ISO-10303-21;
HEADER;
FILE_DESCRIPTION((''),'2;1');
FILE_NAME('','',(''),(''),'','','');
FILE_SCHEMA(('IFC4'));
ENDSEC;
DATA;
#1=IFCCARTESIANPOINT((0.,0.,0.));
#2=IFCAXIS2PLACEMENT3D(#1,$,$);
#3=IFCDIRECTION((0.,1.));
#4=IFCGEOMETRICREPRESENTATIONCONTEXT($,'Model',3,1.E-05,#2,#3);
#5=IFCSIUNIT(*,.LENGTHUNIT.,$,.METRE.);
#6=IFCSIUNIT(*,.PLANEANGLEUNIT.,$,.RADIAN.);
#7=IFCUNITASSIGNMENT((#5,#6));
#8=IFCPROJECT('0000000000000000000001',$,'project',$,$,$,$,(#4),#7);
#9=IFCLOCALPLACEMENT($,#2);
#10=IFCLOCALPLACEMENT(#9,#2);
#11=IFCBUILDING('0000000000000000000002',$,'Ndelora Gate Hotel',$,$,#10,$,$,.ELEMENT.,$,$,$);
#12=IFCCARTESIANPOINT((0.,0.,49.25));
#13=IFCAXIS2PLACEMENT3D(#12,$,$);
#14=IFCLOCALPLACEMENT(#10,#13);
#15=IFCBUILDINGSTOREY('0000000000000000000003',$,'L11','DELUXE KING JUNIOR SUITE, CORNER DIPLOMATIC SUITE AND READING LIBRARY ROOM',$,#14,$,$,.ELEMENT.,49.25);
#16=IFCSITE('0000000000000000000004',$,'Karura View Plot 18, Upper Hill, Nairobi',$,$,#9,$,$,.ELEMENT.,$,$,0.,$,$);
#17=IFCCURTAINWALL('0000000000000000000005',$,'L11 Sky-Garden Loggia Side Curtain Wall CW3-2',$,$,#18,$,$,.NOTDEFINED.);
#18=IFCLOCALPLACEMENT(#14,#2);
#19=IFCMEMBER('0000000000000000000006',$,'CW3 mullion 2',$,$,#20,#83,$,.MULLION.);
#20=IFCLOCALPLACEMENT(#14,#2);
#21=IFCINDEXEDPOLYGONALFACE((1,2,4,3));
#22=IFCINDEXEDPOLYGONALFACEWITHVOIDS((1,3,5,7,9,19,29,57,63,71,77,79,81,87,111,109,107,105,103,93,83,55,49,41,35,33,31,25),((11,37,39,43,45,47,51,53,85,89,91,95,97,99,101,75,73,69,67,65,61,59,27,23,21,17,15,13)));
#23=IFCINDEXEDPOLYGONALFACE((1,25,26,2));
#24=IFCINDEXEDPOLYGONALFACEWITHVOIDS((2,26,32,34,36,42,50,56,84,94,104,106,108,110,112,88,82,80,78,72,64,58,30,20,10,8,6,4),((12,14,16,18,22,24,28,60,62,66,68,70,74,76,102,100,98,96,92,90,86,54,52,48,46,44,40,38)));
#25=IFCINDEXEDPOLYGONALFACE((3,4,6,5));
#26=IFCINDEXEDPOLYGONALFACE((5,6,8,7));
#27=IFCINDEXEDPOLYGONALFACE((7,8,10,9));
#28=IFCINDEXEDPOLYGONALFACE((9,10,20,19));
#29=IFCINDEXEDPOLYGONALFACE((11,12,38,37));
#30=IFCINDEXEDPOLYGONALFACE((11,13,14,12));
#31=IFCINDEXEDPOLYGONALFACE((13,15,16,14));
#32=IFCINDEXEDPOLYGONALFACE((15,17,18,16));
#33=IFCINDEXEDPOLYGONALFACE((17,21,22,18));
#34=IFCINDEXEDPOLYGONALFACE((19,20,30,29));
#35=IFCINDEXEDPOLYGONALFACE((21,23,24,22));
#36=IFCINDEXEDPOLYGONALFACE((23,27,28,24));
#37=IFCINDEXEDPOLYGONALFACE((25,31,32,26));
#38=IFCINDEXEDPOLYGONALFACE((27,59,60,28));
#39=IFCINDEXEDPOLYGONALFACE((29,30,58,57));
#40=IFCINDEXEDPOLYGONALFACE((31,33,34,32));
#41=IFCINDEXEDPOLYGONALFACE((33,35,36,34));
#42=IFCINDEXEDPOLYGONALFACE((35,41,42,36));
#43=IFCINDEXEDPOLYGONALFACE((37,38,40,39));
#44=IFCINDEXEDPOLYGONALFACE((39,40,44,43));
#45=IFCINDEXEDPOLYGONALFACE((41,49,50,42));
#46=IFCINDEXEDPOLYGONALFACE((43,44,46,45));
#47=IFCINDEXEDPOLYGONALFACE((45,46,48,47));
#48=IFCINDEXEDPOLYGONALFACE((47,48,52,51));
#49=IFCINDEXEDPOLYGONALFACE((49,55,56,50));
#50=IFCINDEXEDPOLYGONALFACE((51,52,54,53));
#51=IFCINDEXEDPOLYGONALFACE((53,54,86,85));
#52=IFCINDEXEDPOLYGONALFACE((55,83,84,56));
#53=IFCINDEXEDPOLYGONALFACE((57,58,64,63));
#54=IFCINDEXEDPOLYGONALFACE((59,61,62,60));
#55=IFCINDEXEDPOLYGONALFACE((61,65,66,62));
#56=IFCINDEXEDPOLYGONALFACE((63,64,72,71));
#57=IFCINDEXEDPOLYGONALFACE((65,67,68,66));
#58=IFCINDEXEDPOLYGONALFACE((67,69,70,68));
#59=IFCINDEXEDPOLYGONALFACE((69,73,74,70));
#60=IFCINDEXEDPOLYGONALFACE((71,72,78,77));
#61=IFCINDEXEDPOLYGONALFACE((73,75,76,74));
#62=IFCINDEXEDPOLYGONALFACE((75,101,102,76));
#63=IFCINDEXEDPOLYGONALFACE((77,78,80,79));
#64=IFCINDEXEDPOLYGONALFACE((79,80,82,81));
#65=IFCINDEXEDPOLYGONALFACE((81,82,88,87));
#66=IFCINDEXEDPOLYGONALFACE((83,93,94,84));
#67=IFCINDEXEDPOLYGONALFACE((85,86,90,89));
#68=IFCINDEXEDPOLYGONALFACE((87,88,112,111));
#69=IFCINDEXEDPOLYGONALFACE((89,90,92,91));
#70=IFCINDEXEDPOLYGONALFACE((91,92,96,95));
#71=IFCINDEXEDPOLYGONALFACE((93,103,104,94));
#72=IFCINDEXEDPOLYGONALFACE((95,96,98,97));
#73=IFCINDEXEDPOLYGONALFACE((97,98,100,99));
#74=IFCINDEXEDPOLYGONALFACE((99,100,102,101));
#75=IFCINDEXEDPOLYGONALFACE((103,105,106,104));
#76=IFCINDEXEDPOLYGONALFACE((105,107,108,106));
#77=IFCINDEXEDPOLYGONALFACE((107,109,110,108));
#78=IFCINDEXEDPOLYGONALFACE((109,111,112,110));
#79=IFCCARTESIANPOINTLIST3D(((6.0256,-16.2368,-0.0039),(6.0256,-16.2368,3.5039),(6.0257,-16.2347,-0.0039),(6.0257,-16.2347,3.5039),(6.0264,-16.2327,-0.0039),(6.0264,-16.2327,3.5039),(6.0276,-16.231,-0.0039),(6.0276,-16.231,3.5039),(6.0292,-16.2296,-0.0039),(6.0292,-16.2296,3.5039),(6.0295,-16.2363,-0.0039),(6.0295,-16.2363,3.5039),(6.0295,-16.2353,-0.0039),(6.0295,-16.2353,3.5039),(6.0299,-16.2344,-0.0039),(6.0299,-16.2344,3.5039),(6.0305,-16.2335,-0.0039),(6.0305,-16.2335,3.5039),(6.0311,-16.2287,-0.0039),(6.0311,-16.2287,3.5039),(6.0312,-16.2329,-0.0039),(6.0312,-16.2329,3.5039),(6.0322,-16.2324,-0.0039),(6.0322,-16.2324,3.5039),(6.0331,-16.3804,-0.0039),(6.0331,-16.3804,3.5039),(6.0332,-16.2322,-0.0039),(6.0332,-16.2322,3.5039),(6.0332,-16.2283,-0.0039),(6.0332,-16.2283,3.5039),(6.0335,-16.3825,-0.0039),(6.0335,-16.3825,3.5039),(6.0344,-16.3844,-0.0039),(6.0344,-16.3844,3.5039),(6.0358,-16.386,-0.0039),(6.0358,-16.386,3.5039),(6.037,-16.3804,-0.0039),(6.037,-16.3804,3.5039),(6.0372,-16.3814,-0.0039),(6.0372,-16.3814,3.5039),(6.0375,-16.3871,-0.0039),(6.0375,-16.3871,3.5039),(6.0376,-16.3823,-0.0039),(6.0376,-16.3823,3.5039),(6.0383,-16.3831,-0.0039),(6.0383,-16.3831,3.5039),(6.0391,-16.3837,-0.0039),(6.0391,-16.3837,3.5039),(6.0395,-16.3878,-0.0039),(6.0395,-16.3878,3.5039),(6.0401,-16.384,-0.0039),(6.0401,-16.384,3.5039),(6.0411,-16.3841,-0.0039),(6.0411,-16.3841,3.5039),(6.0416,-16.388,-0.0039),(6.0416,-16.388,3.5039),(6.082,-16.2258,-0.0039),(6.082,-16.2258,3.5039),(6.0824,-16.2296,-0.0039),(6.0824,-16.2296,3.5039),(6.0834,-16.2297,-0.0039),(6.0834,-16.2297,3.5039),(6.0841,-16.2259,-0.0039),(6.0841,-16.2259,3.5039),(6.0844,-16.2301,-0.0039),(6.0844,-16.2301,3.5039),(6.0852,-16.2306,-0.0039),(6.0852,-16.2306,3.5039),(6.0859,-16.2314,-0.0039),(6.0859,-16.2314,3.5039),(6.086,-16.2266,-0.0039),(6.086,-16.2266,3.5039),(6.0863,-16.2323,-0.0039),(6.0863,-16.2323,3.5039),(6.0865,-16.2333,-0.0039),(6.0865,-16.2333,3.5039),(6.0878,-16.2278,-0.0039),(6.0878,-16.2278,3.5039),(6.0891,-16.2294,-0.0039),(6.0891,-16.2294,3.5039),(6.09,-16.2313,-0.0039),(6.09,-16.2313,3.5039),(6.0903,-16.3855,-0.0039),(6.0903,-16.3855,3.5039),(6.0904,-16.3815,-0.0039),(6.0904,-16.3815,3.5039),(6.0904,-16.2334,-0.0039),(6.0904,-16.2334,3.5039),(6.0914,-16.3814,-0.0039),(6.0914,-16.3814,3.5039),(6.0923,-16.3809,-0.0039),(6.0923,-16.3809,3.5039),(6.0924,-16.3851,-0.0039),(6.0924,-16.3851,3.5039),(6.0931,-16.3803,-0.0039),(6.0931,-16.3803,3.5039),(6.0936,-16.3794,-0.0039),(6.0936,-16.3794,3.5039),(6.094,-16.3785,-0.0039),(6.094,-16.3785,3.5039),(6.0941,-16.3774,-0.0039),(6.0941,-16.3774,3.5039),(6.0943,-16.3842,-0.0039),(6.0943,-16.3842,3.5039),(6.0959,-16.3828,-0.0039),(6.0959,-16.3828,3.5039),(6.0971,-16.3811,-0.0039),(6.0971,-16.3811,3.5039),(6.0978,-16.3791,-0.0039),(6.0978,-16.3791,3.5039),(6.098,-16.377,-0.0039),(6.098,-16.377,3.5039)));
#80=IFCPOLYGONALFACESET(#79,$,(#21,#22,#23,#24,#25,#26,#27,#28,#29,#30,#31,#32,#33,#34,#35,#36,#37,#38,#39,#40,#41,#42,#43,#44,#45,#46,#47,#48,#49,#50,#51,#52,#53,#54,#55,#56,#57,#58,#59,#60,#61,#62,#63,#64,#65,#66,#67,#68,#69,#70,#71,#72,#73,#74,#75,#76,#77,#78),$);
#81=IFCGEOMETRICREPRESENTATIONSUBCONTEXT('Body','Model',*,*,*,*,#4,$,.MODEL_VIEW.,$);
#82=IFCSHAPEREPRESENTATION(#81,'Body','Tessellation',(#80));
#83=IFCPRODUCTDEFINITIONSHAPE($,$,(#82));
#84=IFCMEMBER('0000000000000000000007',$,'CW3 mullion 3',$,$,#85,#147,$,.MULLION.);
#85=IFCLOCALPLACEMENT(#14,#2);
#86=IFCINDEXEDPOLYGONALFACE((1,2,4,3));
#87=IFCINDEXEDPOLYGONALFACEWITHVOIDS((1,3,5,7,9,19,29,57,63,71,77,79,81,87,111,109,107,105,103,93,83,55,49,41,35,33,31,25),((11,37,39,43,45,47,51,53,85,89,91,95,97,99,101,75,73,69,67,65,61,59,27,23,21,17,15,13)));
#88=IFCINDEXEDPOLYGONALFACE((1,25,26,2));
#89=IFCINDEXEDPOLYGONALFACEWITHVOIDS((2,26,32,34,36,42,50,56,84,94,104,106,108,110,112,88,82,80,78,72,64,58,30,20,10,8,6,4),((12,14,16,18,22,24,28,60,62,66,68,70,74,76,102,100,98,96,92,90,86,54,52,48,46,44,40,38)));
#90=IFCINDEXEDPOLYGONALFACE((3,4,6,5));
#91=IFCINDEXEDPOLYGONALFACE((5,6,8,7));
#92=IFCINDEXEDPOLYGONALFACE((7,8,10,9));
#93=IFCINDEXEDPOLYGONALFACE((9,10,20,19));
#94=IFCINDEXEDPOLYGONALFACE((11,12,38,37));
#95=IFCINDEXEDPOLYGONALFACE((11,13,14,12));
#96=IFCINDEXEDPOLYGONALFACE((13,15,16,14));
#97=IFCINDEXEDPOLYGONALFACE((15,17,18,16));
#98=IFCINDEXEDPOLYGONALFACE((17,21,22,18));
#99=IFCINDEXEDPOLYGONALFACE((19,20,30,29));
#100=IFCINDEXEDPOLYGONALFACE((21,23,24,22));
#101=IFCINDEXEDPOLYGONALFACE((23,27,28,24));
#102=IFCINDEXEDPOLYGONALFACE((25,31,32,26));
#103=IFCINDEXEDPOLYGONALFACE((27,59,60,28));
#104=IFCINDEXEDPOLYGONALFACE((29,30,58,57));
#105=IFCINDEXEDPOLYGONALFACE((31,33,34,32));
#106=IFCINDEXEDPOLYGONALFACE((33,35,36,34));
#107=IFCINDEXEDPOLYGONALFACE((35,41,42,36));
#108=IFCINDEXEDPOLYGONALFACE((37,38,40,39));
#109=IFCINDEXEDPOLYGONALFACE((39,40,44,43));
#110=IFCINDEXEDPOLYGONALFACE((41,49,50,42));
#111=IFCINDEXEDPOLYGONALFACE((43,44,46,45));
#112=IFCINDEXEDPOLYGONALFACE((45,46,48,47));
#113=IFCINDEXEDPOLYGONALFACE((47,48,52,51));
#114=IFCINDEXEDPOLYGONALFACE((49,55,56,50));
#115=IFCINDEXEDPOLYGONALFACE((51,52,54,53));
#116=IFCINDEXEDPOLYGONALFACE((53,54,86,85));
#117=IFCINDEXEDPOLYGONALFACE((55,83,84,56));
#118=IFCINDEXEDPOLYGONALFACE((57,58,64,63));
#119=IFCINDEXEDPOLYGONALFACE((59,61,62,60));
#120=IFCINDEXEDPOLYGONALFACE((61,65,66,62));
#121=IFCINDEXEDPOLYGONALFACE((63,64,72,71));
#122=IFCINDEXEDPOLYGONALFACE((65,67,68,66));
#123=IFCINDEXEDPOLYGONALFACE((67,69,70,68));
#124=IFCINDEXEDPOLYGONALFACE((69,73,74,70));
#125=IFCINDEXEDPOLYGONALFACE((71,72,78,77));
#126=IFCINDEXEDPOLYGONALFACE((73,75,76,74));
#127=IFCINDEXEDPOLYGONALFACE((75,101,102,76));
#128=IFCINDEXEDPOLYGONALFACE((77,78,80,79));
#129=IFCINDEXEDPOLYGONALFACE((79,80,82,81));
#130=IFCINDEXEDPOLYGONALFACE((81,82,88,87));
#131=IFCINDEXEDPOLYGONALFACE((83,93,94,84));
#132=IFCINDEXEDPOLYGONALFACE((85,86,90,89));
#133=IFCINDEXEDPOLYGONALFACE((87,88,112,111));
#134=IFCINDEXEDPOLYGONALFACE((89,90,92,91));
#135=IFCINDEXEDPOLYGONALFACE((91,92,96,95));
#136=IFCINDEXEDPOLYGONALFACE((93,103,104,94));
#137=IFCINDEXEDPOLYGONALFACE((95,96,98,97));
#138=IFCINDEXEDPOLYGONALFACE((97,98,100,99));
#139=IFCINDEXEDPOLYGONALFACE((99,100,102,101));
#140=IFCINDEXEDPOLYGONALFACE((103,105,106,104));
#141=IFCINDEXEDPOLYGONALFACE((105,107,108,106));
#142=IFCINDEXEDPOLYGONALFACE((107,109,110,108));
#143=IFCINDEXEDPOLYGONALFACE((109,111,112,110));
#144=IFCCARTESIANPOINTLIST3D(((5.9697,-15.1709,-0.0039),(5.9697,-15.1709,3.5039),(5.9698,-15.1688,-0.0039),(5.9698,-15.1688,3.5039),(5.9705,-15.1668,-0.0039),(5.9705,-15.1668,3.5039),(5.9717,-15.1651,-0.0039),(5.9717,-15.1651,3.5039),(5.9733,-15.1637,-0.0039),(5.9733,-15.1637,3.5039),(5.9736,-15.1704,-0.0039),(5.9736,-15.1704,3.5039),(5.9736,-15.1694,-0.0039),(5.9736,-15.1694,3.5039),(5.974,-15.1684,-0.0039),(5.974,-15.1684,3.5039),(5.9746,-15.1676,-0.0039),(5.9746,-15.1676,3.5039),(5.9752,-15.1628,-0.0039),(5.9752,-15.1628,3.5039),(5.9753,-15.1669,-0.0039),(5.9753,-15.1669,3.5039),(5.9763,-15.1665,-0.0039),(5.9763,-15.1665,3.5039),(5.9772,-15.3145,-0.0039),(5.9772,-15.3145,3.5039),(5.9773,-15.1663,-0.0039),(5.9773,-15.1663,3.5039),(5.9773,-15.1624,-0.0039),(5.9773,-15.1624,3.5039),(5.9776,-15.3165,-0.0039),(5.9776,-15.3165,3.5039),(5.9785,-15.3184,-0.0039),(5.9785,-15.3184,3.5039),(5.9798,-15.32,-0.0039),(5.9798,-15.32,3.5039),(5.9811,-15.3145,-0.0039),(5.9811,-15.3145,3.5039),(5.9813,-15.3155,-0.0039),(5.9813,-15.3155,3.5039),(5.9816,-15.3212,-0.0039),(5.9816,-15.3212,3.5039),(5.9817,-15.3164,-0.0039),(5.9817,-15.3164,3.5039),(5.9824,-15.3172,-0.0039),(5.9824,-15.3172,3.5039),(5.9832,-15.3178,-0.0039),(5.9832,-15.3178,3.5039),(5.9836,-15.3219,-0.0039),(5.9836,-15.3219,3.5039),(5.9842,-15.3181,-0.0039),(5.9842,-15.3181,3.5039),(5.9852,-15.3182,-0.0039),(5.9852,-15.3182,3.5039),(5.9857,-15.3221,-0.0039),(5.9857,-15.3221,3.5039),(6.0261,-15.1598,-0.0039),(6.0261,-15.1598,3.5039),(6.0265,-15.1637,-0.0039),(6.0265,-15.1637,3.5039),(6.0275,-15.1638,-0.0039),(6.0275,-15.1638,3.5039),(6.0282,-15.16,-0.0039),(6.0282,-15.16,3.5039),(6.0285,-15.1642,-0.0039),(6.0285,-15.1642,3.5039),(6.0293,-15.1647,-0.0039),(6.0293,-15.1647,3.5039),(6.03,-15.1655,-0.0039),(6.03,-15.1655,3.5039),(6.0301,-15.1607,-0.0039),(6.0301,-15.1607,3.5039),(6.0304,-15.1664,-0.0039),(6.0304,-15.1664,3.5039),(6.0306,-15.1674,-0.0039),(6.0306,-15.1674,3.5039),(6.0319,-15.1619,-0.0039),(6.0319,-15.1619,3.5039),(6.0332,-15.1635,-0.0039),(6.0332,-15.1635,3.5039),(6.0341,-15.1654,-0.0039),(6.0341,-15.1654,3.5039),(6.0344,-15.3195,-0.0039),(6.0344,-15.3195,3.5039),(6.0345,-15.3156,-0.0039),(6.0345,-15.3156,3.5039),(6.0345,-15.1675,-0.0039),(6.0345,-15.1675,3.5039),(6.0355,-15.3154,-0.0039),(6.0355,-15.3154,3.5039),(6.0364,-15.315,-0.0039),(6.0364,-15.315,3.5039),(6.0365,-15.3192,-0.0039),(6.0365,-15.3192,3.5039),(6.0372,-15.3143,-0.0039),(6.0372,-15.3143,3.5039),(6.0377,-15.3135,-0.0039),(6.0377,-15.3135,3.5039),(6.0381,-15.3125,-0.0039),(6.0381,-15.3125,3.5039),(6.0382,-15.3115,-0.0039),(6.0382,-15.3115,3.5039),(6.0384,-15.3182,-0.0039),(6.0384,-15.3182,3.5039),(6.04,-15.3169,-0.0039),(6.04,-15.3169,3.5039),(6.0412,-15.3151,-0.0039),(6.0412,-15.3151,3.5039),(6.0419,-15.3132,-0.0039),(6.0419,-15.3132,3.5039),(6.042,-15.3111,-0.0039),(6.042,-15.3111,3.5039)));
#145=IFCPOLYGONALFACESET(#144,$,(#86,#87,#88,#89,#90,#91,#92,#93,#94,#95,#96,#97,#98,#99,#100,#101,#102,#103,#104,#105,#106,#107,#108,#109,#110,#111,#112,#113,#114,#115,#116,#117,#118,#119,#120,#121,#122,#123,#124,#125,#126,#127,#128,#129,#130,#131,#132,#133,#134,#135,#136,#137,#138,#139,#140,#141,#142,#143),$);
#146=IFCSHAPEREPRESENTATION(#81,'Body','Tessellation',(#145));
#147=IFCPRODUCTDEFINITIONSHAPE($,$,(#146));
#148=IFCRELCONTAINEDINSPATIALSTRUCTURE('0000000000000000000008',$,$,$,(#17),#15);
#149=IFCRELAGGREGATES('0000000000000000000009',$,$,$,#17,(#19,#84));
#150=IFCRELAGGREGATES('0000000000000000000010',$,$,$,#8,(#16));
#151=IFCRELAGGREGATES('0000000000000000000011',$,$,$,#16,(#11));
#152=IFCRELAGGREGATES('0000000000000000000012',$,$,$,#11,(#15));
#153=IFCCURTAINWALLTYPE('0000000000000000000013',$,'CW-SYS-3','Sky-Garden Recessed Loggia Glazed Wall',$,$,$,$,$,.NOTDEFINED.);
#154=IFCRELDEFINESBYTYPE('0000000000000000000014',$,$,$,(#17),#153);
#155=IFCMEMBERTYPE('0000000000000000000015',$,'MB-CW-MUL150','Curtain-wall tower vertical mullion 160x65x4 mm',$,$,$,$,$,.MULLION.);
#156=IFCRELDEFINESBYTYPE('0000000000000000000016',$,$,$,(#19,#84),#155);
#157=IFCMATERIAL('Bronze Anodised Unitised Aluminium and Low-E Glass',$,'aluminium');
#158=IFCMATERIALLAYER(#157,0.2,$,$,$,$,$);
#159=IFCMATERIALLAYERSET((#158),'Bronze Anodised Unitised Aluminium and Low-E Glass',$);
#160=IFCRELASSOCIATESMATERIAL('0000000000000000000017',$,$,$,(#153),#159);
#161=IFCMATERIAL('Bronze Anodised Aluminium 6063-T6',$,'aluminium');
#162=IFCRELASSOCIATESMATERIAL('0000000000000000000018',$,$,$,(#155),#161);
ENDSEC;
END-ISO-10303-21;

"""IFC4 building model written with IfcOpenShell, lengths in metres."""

from ifc_helpers import new_model, si_unit, direction, frame, origin, origin_2d, place, context, subcontext, project, spatial, hollow_rectangle, extrude, material, layer, layer_set, material_profile, profile_set, type_object, element, aggregate, save


model = new_model("IFC4")

# Units and contexts
model_context = context("Model", 3, precision=1e-05, world=origin(), true_north=direction((0.0, 1.0)))
body_context = subcontext(model_context, "Body", "Model", "MODEL_VIEW")
ifc_project = project(units=[si_unit("LENGTHUNIT", "METRE"), si_unit("PLANEANGLEUNIT", "RADIAN")], contexts=[model_context])

# Site, building, storey
site_placement = place(None, origin())
site = spatial("IfcSite", under=ifc_project, at=site_placement, Name="Karura View Plot 18, Upper Hill, Nairobi", CompositionType="ELEMENT", RefElevation=0.0)
building_placement = place(site_placement, origin())
building = spatial("IfcBuilding", under=site, at=building_placement, Name="Ndelora Gate Hotel", CompositionType="ELEMENT")
storey_placement = place(building_placement, frame((0.0, 0.0, 49.25)))
storey = spatial("IfcBuildingStorey", under=building, at=storey_placement, Name="L11", Description="DELUXE KING JUNIOR SUITE, CORNER DIPLOMATIC SUITE AND READING LIBRARY ROOM", CompositionType="ELEMENT", Elevation=49.25)

# Curtain wall, members
ifc_material_1 = material(Name="Bronze Anodised Unitised Aluminium and Low-E Glass", Category="aluminium")
ifc_layer_1 = layer(ifc_material_1, 0.2)
ifc_layer_set_1 = layer_set([ifc_layer_1], Name="Bronze Anodised Unitised Aluminium and Low-E Glass")
curtain_wall_type = type_object("IfcCurtainWallType", Name="CW-SYS-3", Description="Sky-Garden Recessed Loggia Glazed Wall", PredefinedType="NOTDEFINED", material=ifc_layer_set_1)
curtain_wall_placement = place(storey_placement, origin())
curtain_wall = element("IfcCurtainWall", 1, at=curtain_wall_placement, inside=storey, type_object=curtain_wall_type, Name="L11 Sky-Garden Loggia Side Curtain Wall CW3-2", PredefinedType="NOTDEFINED")
ifc_material_2 = material(Name="Bronze Anodised Aluminium 6063-T6", Category="aluminium")
ifc_material_profile_1 = material_profile(ifc_material_2, hollow_rectangle(XDim=0.0649, YDim=0.1599, WallThickness=0.0039, InnerFilletRadius=0.0039, OuterFilletRadius=0.0081, at=origin_2d()), Name="ALU 160x65x4")
ifc_profile_set_1 = profile_set([ifc_material_profile_1], Name="Bronze Anodised Aluminium 6063-T6")
member_type_1 = type_object("IfcMemberType", Name="MB-CW-MUL150", Description="Curtain-wall tower vertical mullion 160x65x4 mm", PredefinedType="MULLION", material=ifc_profile_set_1)
member_1_placement = place(storey_placement, frame((6.0618, -16.3069, -0.0039), z_axis=(0.0, 0.0, 1.0), x_axis=(-0.99863, -0.052318, 0.0)))
member_1 = element("IfcMember", 2, at=member_1_placement, type_object=member_type_1, Name="CW3 mullion 2", PredefinedType="MULLION", context=body_context, shape_type="SweptSolid", body=[
    extrude(hollow_rectangle(XDim=0.0649, YDim=0.1599, WallThickness=0.0039, InnerFilletRadius=0.0039, OuterFilletRadius=0.0081, at=origin_2d()), origin(), (0.0, 0.0, 1.0), 3.5078),
])
member_2_placement = place(storey_placement, frame((6.0059, -15.241, -0.0039), z_axis=(0.0, 0.0, 1.0), x_axis=(-0.99863, -0.052318, 0.0)))
member_2 = element("IfcMember", 3, at=member_2_placement, type_object=member_type_1, Name="CW3 mullion 3", PredefinedType="MULLION", context=body_context, shape_type="SweptSolid", body=[
    extrude(hollow_rectangle(XDim=0.0649, YDim=0.1599, WallThickness=0.0039, InnerFilletRadius=0.0039, OuterFilletRadius=0.0081, at=origin_2d()), origin(), (0.0, 0.0, 1.0), 3.5078),
])
aggregate(curtain_wall, [member_1, member_2])

save(model, "model.ifc")
